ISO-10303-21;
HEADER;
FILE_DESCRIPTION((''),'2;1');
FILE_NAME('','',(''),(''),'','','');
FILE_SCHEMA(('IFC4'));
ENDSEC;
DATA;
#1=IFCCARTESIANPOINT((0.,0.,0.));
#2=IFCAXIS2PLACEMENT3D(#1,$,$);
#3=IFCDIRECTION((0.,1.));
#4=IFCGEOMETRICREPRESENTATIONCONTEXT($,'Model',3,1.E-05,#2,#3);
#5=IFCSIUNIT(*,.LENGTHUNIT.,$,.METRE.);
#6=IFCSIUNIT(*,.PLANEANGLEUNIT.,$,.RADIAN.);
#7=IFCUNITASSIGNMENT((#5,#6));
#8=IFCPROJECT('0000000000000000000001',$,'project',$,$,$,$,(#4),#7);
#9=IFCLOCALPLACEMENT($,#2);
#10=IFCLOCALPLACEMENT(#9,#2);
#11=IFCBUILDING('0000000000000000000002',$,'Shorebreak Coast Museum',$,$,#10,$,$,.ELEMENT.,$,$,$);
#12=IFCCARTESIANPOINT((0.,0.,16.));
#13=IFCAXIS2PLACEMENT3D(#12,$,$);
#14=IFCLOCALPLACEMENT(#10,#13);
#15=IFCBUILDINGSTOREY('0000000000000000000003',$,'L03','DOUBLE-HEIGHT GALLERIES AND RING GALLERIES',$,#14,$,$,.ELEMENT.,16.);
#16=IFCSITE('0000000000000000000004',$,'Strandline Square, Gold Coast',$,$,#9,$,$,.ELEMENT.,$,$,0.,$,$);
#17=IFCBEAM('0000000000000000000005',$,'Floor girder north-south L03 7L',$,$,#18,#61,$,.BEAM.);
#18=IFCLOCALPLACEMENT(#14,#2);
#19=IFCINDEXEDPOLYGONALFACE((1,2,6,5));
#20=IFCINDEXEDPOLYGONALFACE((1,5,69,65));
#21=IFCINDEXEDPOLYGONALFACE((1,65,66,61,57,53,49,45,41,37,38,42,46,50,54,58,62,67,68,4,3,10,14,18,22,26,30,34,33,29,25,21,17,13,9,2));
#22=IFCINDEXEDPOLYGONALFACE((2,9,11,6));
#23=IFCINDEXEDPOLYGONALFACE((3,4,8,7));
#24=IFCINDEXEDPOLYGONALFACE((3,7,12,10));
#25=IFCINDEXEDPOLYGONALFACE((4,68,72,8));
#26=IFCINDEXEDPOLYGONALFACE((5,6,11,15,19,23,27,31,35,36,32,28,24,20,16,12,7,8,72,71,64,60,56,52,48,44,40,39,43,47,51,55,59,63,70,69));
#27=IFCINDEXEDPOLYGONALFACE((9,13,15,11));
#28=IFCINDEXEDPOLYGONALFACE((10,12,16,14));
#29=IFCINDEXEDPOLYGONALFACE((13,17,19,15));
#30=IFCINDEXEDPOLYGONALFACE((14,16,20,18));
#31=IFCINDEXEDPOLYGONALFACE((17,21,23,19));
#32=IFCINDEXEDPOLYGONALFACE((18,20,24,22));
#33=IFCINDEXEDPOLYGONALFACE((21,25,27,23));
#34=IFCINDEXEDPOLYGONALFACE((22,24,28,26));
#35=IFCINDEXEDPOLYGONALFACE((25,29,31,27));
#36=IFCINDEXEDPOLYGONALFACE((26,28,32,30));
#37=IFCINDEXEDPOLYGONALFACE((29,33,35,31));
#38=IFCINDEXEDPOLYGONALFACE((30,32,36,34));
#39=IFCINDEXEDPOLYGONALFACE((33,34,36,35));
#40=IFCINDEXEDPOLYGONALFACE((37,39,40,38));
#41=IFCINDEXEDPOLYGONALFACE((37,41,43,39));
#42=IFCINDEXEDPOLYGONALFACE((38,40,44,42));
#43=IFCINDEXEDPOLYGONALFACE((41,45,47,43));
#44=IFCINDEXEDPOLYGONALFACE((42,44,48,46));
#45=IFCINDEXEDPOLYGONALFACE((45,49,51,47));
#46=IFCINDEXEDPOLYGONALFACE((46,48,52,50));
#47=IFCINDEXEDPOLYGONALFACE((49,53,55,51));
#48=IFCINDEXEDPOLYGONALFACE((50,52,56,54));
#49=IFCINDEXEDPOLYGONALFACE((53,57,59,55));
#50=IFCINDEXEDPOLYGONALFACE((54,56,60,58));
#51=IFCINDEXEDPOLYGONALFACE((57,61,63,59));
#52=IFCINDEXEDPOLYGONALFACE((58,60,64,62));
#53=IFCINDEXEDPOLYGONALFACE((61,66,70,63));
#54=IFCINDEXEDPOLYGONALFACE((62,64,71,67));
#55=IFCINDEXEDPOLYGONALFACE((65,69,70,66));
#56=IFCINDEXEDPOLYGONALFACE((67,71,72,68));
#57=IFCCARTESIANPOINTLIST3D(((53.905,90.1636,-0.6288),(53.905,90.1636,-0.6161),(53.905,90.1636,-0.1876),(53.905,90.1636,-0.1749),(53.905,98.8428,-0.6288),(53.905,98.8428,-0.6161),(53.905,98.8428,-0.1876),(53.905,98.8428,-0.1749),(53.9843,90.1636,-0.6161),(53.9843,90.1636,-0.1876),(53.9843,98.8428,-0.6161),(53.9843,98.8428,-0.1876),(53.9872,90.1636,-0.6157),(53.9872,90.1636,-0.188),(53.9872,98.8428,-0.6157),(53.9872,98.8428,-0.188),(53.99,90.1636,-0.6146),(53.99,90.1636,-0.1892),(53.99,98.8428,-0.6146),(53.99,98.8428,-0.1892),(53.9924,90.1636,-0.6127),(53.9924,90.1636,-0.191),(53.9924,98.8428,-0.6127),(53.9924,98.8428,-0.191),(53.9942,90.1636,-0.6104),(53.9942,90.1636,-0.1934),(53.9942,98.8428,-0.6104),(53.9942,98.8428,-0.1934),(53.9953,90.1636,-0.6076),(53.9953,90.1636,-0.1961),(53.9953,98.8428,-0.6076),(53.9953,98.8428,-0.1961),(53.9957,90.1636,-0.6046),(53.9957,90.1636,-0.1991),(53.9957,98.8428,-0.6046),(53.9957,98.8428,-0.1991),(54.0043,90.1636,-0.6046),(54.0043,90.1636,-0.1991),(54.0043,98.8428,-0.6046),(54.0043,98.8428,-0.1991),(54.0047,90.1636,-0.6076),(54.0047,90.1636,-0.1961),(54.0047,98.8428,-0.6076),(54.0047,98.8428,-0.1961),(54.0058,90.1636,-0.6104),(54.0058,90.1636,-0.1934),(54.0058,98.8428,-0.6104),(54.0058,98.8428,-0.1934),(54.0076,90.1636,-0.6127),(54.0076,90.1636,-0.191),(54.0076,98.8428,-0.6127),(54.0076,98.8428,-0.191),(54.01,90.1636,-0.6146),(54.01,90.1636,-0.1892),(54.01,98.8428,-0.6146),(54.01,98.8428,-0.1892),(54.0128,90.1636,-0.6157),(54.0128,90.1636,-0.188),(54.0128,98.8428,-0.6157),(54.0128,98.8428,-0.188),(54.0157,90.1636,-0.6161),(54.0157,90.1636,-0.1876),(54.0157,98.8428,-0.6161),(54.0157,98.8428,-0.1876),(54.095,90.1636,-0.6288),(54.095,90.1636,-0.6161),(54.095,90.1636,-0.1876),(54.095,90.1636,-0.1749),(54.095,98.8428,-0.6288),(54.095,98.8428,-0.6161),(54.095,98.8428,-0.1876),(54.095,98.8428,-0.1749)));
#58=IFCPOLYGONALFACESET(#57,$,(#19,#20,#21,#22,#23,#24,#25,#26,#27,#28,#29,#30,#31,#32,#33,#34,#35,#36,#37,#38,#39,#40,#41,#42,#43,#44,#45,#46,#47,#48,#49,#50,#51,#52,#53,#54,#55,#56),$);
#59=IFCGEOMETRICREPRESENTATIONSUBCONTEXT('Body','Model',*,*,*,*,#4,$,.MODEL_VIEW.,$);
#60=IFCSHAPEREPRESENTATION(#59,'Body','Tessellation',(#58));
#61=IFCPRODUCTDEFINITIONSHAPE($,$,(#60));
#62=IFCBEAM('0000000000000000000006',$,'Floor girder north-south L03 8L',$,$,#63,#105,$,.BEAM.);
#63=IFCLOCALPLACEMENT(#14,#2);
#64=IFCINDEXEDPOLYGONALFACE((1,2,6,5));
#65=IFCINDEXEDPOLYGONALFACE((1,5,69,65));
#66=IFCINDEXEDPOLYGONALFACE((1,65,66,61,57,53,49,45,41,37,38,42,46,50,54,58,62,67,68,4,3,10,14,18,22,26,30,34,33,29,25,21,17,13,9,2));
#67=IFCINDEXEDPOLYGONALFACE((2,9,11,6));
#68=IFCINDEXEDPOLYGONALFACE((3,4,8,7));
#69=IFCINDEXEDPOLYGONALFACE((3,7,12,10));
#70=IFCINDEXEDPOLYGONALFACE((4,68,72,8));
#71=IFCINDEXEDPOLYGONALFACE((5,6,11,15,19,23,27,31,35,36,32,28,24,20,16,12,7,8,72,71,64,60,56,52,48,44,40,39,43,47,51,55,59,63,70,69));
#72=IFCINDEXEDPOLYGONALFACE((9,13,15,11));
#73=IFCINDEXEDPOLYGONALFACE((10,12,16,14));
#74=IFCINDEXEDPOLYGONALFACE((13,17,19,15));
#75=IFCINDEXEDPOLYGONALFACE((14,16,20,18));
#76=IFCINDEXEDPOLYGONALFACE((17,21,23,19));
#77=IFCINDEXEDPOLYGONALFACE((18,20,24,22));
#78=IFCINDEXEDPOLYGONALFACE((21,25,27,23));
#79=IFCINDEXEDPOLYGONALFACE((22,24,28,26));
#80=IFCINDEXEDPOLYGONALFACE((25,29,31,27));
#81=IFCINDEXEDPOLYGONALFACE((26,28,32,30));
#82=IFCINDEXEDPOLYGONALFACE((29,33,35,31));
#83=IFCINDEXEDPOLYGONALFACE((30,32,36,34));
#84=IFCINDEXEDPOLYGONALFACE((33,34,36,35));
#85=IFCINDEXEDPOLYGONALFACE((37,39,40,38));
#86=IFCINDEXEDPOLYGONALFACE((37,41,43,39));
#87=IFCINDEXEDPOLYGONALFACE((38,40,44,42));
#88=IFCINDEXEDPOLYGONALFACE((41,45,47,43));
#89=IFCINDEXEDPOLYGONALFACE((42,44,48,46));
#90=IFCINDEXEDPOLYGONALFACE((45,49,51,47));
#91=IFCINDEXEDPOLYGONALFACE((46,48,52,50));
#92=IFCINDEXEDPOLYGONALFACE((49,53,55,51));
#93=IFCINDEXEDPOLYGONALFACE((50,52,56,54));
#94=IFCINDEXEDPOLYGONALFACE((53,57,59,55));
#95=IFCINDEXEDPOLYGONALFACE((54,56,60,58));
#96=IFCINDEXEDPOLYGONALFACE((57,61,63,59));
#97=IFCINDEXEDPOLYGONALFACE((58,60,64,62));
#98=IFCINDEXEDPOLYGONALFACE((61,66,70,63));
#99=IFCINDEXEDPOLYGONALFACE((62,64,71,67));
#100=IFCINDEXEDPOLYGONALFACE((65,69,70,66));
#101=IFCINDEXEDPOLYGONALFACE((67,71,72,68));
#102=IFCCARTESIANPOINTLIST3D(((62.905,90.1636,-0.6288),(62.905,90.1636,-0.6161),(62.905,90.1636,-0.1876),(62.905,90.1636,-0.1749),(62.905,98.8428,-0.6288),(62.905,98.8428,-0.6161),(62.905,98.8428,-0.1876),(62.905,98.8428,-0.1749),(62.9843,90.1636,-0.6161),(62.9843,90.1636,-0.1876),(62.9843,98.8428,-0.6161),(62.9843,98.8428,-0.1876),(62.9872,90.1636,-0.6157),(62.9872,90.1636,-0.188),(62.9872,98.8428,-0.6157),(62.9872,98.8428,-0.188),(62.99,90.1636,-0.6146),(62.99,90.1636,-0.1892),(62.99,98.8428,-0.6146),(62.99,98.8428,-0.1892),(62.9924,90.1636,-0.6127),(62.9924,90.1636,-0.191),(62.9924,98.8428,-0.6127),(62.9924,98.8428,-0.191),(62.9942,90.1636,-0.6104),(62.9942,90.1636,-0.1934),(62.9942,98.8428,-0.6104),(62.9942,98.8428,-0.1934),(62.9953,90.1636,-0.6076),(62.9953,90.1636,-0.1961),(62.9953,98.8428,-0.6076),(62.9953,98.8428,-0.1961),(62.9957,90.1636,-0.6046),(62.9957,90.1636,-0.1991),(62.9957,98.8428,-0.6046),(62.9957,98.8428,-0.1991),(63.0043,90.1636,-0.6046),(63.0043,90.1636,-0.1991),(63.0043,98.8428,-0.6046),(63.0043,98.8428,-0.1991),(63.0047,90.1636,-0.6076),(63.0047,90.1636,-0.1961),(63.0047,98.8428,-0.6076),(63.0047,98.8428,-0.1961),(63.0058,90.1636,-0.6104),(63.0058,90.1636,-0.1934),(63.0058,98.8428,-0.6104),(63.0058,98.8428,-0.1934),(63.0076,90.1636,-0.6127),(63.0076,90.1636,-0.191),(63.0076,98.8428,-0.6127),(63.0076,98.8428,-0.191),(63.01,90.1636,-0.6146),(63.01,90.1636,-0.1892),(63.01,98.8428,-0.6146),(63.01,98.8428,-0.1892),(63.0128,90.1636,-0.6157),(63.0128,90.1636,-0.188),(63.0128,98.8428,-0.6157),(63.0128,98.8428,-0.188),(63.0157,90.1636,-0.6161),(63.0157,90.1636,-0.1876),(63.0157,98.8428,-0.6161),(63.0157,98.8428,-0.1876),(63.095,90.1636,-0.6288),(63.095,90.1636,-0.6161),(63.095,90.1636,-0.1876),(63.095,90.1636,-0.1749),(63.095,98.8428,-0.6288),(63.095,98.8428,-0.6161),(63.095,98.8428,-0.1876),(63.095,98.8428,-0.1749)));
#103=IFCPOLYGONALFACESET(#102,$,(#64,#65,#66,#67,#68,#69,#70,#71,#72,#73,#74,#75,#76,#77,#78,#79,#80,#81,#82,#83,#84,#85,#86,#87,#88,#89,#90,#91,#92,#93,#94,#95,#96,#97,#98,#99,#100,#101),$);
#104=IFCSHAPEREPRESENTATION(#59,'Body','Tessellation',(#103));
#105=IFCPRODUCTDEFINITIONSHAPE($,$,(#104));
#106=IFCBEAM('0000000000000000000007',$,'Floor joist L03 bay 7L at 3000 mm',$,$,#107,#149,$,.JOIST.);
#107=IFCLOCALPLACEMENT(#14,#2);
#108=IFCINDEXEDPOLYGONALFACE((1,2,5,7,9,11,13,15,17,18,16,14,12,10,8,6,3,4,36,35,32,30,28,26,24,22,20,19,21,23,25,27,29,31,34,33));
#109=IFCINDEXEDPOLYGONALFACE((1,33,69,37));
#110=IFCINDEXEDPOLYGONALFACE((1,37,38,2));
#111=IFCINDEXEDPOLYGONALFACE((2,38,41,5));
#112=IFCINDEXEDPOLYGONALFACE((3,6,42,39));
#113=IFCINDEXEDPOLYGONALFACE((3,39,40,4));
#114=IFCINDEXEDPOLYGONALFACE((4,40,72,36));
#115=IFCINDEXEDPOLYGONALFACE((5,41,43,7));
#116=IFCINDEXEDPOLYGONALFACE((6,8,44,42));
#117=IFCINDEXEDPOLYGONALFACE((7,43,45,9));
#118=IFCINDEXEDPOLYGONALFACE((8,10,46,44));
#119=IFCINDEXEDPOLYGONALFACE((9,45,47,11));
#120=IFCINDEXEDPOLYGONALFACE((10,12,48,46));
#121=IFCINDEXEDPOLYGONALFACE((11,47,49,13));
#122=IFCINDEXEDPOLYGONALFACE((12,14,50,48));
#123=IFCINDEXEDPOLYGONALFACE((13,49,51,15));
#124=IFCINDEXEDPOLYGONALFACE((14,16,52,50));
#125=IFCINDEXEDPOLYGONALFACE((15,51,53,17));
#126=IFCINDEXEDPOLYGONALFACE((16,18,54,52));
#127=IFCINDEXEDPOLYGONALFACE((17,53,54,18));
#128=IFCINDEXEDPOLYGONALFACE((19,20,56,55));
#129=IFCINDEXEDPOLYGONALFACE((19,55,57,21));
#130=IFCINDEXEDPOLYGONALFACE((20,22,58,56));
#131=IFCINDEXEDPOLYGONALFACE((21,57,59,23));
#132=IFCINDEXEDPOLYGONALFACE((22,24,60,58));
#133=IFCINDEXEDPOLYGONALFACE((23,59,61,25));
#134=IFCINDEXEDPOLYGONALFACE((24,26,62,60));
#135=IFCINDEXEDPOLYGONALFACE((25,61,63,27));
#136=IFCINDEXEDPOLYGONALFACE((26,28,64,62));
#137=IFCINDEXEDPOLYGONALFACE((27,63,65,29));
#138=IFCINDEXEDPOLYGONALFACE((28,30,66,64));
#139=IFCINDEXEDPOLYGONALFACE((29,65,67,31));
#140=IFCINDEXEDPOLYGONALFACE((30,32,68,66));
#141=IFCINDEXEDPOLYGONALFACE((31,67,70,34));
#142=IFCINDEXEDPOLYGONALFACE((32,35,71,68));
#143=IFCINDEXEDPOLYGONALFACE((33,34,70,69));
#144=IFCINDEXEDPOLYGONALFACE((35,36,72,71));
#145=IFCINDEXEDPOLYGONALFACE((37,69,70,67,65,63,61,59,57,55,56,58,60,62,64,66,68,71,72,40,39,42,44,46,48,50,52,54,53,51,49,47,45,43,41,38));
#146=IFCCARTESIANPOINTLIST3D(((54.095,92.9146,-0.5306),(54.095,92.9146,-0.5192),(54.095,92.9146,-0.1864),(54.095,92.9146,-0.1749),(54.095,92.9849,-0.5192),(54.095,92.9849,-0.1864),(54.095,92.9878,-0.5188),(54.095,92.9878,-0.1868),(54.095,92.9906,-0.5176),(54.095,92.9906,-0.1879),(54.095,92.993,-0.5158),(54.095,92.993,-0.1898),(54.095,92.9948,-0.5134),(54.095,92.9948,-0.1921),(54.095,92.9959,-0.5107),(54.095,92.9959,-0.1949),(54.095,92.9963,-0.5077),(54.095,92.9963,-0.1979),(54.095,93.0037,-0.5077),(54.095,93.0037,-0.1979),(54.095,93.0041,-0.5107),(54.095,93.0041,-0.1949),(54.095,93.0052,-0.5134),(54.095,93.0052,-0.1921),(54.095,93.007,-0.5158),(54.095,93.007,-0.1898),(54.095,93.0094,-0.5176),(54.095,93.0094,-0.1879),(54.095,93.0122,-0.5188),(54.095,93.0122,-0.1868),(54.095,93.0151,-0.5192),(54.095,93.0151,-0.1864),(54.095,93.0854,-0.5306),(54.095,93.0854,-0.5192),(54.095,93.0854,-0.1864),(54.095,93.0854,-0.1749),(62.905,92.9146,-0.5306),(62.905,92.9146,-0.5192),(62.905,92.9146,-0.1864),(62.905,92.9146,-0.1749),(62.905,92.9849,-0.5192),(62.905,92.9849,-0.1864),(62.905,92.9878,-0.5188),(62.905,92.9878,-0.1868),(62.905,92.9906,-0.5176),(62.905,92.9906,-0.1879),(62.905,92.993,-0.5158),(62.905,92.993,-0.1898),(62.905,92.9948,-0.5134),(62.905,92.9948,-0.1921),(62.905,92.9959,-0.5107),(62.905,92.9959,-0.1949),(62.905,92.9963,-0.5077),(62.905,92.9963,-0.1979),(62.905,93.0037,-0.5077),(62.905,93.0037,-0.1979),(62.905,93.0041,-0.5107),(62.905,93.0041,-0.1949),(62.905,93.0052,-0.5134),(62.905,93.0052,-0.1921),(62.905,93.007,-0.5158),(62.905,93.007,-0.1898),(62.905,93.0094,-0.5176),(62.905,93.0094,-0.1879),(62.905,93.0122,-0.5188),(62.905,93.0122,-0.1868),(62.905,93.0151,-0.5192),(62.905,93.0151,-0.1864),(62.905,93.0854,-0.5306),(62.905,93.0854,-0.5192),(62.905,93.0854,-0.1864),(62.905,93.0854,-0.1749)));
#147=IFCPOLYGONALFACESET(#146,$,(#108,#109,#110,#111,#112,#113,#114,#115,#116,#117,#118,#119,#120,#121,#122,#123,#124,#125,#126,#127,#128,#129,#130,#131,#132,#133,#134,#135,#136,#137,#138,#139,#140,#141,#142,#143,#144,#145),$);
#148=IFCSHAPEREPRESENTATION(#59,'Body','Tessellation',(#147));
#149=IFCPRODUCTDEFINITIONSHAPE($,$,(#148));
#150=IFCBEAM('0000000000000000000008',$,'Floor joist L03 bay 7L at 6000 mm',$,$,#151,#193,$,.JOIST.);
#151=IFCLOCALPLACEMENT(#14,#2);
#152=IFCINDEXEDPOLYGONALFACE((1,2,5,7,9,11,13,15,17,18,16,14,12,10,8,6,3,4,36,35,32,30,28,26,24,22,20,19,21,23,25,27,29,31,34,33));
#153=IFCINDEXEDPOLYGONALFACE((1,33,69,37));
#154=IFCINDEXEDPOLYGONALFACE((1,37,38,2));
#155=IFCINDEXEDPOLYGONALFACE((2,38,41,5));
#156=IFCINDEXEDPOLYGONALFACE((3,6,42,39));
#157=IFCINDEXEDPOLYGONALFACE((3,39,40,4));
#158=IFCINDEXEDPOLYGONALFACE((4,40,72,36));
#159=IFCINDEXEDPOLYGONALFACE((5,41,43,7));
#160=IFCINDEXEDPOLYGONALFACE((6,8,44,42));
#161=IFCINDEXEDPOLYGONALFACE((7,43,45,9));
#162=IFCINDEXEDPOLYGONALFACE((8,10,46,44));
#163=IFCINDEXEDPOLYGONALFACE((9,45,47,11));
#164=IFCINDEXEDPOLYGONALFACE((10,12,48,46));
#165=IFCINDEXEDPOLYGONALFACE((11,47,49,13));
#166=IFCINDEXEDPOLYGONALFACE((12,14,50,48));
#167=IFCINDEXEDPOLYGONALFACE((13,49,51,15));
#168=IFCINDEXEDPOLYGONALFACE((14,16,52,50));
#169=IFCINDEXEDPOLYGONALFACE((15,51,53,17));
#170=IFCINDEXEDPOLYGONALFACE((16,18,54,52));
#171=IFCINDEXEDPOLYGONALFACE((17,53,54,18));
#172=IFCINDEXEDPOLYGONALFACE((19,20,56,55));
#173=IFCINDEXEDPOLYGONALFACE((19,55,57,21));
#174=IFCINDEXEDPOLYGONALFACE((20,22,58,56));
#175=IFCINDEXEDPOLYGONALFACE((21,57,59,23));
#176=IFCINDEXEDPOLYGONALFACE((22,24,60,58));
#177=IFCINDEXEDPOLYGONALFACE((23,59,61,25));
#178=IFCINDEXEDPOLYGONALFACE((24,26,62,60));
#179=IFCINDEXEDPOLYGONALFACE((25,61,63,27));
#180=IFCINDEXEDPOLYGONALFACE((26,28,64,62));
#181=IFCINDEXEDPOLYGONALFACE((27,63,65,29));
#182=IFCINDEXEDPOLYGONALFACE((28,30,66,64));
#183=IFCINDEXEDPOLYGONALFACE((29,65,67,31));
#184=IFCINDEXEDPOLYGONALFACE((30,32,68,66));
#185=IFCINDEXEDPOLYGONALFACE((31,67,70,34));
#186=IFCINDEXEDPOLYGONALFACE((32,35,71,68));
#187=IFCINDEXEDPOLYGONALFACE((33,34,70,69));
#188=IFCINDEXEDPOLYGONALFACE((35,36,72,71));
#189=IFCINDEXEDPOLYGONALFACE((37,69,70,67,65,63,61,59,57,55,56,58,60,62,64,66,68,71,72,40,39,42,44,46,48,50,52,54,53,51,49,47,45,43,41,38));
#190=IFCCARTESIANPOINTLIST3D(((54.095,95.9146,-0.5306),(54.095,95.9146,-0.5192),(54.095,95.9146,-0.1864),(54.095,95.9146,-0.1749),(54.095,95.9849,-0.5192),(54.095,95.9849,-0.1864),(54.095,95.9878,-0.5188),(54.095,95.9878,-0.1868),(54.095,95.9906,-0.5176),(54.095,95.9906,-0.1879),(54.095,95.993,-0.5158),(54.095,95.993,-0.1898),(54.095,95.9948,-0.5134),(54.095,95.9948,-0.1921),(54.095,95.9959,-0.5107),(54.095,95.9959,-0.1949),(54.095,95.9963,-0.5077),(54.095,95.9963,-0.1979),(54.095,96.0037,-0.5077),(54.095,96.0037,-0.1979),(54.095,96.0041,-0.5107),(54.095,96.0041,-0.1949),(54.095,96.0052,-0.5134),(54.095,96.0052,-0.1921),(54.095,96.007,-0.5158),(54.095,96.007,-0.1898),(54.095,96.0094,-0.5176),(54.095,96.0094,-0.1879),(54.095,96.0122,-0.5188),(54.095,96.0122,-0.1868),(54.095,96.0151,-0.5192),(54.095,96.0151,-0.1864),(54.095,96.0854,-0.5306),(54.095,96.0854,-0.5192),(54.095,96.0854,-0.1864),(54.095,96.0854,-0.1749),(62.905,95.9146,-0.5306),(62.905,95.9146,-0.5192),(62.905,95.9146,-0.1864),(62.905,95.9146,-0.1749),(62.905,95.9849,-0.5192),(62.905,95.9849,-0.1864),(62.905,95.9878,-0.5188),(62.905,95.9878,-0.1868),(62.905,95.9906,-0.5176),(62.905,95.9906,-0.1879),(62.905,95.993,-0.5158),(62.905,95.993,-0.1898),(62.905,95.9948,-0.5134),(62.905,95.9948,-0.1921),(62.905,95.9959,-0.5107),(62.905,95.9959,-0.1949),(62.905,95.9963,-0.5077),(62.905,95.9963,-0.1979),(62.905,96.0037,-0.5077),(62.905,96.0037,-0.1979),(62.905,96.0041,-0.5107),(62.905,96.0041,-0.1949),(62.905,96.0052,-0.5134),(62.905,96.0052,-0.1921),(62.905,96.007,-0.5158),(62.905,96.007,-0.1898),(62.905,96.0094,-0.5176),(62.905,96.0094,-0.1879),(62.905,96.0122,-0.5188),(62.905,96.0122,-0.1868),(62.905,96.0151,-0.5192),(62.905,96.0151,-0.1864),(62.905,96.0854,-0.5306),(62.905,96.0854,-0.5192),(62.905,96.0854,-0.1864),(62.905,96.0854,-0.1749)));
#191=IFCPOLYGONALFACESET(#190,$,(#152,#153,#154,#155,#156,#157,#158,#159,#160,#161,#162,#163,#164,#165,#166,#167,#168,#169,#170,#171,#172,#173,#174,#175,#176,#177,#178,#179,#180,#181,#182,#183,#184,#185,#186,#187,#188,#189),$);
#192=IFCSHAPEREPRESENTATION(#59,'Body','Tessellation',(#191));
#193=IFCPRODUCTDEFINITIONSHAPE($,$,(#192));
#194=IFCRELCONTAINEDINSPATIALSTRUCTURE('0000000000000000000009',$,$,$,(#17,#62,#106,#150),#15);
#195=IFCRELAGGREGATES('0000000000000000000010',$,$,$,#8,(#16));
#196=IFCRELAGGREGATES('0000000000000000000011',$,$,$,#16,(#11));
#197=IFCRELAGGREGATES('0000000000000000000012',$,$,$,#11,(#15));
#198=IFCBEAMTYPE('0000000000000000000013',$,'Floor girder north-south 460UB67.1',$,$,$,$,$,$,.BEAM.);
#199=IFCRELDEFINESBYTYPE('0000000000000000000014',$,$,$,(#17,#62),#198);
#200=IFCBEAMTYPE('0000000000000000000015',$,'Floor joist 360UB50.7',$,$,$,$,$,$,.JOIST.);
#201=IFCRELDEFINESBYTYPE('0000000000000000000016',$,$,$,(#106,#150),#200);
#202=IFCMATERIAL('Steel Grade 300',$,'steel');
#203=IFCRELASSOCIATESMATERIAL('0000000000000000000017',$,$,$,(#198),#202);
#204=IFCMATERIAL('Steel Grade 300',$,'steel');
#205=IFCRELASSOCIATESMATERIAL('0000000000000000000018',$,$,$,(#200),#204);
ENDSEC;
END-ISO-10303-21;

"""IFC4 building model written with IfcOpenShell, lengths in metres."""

from ifc_helpers import new_model, si_unit, direction, frame, origin, origin_2d, place, context, subcontext, project, spatial, i_section, extrude, material, material_profile, profile_set, type_object, element, save


model = new_model("IFC4")

# Units and contexts
model_context = context("Model", 3, precision=1e-05, world=origin(), true_north=direction((0.0, 1.0)))
body_context = subcontext(model_context, "Body", "Model", "MODEL_VIEW")
ifc_project = project(units=[si_unit("LENGTHUNIT", "METRE"), si_unit("PLANEANGLEUNIT", "RADIAN")], contexts=[model_context])

# Site, building, storey
site_placement = place(None, origin())
site = spatial("IfcSite", under=ifc_project, at=site_placement, Name="Strandline Square, Gold Coast", CompositionType="ELEMENT", RefElevation=0.0)
building_placement = place(site_placement, origin())
building = spatial("IfcBuilding", under=site, at=building_placement, Name="Shorebreak Coast Museum", CompositionType="ELEMENT")
storey_placement = place(building_placement, frame((0.0, 0.0, 16.0)))
storey = spatial("IfcBuildingStorey", under=building, at=storey_placement, Name="L03", Description="DOUBLE-HEIGHT GALLERIES AND RING GALLERIES", CompositionType="ELEMENT", Elevation=16.0)

# Beams
ifc_material_1 = material(Name="Steel Grade 300", Category="steel")
ifc_material_profile_1 = material_profile(ifc_material_1, i_section(OverallWidth=0.1899, OverallDepth=0.4539, WebThickness=0.0085, FlangeThickness=0.0127, FilletRadius=0.0115, at=origin_2d()), Name="460UB67.1")
ifc_profile_set_1 = profile_set([ifc_material_profile_1], Name="Steel Grade 300")
beam_type_1 = type_object("IfcBeamType", Name="Floor girder north-south 460UB67.1", PredefinedType="BEAM", material=ifc_profile_set_1)
for number, where, z_axis, x_axis, name in (
    (1, (54.0, 90.1636, -0.4019), (0.0, 1.0, 0.0), (-1.0, 0.0, 0.0), "Floor girder north-south L03 7L"),
    (2, (63.0, 90.1636, -0.4019), (0.0, 1.0, 0.0), (-1.0, 0.0, 0.0), "Floor girder north-south L03 8L"),
):
    element("IfcBeam", number, at=place(storey_placement, frame(where, z_axis=z_axis, x_axis=x_axis)), inside=storey, type_object=beam_type_1, Name=name, PredefinedType="BEAM", context=body_context, shape_type="SweptSolid", body=[
        extrude(i_section(OverallWidth=0.1899, OverallDepth=0.4539, WebThickness=0.0085, FlangeThickness=0.0127, FilletRadius=0.0115, at=origin_2d()), origin(), (0.0, 0.0, 1.0), 8.6792),
    ])
ifc_material_2 = material(Name="Steel Grade 300", Category="steel")
ifc_material_profile_2 = material_profile(ifc_material_2, i_section(OverallWidth=0.1709, OverallDepth=0.3557, WebThickness=0.0073, FlangeThickness=0.0115, FilletRadius=0.0115, at=origin_2d()), Name="360UB50.7")
ifc_profile_set_2 = profile_set([ifc_material_profile_2], Name="Steel Grade 300")
beam_type_2 = type_object("IfcBeamType", Name="Floor joist 360UB50.7", PredefinedType="JOIST", material=ifc_profile_set_2)
for number, where, z_axis, x_axis, name in (
    (3, (54.095, 93.0, -0.3528), (1.0, 0.0, 0.0), (0.0, 1.0, 0.0), "Floor joist L03 bay 7L at 3000 mm"),
    (4, (54.095, 96.0, -0.3528), (1.0, 0.0, 0.0), (0.0, 1.0, 0.0), "Floor joist L03 bay 7L at 6000 mm"),
):
    element("IfcBeam", number, at=place(storey_placement, frame(where, z_axis=z_axis, x_axis=x_axis)), inside=storey, type_object=beam_type_2, Name=name, PredefinedType="JOIST", context=body_context, shape_type="SweptSolid", body=[
        extrude(i_section(OverallWidth=0.1709, OverallDepth=0.3557, WebThickness=0.0073, FlangeThickness=0.0115, FilletRadius=0.0115, at=origin_2d()), origin(), (0.0, 0.0, 1.0), 8.8101),
    ])

save(model, "model.ifc")
